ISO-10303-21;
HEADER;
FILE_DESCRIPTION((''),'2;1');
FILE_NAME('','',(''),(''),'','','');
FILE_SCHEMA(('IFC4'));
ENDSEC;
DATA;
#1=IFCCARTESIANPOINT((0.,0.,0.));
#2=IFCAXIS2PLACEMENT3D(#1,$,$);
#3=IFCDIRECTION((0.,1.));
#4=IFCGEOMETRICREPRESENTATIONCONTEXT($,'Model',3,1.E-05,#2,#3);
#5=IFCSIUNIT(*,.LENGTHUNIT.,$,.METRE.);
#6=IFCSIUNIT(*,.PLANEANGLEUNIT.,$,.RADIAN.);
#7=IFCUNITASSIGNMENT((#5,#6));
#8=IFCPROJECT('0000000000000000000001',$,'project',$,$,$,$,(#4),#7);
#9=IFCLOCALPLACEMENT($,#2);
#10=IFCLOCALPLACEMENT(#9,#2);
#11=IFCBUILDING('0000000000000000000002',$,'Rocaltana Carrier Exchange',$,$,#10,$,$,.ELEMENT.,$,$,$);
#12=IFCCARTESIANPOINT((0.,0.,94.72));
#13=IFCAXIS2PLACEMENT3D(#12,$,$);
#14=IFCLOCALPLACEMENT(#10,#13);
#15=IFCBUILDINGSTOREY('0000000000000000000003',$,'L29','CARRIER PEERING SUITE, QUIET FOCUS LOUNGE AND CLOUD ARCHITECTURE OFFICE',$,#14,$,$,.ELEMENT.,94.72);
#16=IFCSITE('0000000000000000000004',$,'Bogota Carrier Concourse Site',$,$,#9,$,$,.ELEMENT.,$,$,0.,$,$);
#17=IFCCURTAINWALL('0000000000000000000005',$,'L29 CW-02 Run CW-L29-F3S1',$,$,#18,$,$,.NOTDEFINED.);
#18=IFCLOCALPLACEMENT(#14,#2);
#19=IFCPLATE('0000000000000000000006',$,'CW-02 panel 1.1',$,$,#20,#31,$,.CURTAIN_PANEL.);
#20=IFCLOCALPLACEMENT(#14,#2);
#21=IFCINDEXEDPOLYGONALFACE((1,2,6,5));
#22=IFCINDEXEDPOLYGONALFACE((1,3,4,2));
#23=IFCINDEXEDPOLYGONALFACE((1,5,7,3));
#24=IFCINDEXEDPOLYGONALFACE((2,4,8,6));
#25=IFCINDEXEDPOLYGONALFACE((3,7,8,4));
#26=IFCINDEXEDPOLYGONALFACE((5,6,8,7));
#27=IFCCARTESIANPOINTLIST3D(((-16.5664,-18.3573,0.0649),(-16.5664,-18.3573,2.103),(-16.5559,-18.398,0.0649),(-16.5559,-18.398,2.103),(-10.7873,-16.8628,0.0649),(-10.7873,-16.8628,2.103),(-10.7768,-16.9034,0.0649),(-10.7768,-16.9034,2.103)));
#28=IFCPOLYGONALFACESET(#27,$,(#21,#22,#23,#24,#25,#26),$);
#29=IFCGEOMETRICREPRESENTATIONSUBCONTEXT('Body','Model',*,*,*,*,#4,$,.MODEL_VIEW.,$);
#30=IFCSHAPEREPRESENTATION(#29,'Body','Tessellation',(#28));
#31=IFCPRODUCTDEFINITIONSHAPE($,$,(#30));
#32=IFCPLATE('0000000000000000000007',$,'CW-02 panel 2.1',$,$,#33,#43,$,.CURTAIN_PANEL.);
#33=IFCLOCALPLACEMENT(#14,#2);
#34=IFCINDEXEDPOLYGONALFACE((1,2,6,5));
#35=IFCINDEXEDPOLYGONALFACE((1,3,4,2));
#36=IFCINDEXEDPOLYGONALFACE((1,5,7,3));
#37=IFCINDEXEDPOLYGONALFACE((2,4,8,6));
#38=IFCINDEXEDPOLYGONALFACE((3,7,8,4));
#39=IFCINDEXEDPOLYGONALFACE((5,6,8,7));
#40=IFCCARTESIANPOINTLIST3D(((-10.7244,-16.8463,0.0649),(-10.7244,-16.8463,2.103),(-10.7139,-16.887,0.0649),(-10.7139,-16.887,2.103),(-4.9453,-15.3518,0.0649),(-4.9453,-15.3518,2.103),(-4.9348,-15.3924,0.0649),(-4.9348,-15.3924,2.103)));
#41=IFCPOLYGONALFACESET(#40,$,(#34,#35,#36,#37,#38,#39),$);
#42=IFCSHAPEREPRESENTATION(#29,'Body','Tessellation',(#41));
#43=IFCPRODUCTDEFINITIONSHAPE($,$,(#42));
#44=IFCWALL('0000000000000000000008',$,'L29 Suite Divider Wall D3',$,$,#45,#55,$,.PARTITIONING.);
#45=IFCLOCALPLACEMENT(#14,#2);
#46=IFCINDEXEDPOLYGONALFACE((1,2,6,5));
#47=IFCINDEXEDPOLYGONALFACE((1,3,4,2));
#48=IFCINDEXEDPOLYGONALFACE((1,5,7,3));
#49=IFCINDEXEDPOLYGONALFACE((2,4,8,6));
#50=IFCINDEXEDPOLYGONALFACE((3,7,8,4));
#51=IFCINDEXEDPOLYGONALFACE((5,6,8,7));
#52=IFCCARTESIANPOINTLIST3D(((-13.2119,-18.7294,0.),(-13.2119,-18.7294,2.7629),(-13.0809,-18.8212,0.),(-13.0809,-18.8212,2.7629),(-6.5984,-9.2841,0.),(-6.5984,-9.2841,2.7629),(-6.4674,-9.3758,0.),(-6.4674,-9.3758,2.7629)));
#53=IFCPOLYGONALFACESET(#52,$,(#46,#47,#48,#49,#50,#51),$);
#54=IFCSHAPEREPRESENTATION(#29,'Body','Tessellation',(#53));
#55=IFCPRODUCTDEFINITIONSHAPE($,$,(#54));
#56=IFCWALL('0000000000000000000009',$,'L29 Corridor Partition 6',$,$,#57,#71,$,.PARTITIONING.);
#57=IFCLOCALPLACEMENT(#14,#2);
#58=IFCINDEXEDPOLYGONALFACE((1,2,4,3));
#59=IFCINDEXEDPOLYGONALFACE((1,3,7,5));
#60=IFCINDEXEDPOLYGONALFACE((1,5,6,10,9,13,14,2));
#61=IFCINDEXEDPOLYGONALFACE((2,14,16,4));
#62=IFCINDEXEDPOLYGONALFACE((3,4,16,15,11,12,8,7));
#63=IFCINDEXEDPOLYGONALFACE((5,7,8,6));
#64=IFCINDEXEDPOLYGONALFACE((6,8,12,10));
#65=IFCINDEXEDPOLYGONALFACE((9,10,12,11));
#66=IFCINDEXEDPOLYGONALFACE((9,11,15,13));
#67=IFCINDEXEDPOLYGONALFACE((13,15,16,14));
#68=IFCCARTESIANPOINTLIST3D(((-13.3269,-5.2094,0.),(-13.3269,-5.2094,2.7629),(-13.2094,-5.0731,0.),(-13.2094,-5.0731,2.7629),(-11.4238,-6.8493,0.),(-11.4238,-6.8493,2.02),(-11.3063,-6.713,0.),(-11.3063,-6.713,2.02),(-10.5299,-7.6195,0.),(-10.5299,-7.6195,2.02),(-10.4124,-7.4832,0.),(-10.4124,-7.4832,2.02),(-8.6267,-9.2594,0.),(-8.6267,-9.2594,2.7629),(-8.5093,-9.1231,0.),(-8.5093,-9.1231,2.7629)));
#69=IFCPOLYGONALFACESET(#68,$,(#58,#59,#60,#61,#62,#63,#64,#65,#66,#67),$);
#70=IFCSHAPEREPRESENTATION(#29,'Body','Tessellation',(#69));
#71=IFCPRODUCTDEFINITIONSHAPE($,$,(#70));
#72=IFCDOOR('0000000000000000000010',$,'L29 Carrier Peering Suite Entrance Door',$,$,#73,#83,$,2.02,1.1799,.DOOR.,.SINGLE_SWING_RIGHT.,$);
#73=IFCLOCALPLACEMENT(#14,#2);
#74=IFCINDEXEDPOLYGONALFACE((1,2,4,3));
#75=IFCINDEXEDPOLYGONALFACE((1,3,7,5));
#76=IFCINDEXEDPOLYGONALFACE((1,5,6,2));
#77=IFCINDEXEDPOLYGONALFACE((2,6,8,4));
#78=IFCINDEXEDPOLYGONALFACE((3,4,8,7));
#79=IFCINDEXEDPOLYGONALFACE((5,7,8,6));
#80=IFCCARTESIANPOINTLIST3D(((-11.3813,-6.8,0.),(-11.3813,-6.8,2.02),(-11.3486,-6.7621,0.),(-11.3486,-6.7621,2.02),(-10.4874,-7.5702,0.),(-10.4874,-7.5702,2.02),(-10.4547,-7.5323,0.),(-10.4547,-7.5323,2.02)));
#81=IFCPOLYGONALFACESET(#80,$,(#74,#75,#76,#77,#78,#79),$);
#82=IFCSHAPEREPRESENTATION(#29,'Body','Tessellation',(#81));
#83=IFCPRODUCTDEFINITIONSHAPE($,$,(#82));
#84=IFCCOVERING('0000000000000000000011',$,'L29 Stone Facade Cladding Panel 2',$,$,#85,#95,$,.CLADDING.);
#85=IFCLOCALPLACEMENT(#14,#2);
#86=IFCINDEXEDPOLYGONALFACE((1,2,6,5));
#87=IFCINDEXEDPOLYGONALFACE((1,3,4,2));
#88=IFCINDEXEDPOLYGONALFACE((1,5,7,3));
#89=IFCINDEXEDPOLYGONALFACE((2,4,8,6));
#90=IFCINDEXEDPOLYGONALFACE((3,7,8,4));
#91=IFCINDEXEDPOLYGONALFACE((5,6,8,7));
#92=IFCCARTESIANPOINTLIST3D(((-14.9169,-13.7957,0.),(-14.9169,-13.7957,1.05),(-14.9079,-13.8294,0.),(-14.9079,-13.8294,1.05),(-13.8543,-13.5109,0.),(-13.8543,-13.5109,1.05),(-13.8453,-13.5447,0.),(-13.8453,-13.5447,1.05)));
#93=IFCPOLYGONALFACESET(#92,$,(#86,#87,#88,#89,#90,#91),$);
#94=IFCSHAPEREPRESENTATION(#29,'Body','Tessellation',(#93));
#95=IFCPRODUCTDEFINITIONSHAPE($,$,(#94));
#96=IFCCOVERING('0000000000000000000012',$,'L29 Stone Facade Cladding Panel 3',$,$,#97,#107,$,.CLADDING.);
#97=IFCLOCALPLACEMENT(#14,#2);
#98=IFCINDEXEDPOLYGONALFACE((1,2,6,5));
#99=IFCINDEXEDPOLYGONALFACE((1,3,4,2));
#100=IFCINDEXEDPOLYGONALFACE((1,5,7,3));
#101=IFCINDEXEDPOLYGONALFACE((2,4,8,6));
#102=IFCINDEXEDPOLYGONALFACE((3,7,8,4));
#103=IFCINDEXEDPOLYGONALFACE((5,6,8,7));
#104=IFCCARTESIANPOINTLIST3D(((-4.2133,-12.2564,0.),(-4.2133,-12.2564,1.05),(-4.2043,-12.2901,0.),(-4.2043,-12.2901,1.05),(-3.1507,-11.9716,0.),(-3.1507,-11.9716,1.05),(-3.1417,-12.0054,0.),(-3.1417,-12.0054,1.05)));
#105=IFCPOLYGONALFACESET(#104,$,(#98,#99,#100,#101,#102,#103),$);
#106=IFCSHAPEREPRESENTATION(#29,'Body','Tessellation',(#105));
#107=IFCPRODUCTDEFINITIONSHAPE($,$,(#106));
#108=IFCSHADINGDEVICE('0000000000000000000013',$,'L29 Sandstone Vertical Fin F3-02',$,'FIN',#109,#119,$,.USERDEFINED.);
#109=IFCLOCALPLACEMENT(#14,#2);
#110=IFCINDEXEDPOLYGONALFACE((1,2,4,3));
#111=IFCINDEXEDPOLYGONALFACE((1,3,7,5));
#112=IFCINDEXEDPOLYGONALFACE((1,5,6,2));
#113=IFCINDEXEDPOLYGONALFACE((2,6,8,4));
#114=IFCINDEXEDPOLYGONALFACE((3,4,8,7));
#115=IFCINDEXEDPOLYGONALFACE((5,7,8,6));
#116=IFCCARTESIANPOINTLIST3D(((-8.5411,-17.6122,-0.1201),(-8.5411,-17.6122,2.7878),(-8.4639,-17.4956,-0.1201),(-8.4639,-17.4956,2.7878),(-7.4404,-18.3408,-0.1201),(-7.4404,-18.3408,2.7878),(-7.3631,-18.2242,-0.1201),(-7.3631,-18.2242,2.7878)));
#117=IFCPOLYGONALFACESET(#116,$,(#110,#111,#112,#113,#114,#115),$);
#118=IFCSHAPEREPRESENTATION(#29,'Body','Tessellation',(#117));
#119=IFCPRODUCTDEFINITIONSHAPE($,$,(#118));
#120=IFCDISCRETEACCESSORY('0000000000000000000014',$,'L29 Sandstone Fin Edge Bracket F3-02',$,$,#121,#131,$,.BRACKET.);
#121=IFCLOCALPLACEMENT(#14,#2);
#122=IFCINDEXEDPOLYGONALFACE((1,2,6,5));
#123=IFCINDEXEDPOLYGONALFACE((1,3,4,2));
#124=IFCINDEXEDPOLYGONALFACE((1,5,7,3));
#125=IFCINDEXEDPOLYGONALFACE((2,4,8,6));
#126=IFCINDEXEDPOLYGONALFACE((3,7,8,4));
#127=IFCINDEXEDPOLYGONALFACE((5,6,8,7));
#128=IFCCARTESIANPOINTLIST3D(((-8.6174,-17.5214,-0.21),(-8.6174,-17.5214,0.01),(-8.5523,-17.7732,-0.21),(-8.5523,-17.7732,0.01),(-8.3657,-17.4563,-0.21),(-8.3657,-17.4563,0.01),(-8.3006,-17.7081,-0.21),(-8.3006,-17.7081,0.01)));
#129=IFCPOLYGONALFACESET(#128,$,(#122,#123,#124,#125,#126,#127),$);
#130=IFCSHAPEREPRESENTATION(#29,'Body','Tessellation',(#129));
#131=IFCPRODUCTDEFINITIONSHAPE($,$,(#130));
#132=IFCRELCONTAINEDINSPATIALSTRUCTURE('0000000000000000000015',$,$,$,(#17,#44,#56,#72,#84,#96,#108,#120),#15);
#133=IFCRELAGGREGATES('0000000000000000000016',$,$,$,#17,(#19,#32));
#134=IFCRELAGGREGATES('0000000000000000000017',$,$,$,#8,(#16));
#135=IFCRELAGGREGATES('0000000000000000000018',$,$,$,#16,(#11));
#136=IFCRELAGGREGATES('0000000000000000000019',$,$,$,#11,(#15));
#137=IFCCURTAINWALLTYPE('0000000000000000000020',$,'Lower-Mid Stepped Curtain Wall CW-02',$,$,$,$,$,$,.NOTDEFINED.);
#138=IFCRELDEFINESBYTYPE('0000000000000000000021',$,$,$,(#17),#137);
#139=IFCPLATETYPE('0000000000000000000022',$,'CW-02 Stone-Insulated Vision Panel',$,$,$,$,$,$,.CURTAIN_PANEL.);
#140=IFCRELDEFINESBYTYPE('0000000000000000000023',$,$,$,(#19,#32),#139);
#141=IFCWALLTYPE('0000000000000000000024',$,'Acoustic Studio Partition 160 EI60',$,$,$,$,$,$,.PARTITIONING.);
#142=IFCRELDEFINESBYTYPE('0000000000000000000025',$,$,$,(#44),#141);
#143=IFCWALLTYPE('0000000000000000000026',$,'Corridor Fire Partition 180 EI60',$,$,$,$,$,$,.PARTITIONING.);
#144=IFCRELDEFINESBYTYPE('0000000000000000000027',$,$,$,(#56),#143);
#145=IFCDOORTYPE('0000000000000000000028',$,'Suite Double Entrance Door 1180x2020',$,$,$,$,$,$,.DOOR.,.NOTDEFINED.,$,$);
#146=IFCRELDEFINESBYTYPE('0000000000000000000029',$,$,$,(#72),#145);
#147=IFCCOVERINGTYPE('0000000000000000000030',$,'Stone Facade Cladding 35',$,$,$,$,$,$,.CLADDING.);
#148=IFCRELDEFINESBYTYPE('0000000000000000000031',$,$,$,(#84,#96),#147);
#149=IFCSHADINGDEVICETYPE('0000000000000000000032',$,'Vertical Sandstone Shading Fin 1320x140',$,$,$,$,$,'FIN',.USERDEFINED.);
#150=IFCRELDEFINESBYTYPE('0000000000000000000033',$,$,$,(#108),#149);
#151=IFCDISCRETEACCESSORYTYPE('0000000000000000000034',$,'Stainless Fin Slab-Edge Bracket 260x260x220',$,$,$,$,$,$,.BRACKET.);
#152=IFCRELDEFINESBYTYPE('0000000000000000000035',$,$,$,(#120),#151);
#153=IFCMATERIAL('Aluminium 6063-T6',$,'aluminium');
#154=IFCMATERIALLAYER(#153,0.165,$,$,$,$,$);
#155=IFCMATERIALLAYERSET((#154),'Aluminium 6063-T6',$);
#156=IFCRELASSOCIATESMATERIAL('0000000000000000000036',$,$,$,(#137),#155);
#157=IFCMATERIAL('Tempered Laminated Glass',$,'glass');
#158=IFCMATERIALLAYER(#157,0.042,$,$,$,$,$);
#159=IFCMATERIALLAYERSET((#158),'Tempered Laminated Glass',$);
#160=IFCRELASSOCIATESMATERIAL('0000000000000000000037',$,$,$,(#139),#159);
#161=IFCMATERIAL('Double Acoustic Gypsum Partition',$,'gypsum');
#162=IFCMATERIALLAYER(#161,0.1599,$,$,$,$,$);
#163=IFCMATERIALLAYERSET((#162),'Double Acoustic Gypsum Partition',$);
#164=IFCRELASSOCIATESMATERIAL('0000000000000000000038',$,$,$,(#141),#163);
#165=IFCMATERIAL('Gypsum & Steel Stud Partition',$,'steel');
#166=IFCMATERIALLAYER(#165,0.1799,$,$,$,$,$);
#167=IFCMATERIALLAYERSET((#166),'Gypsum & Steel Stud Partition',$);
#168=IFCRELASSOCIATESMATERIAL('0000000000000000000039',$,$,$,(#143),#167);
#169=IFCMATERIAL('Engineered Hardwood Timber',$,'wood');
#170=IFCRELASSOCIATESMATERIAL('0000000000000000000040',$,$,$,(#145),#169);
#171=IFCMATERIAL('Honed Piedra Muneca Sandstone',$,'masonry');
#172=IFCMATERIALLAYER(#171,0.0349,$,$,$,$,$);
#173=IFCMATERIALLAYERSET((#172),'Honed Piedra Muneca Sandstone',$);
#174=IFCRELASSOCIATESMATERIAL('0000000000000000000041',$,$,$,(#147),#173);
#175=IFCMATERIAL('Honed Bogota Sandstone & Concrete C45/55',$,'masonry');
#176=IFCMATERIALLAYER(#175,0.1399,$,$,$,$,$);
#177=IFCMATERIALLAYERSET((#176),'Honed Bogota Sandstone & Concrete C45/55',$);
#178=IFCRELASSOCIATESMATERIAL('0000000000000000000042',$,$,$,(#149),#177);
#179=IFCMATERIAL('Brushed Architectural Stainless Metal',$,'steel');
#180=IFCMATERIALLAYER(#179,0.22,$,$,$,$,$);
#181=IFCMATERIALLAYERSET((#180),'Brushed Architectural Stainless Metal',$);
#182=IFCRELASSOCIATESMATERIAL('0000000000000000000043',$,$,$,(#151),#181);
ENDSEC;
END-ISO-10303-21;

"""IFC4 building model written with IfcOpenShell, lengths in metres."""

from ifc_helpers import new_model, si_unit, direction, frame, frame_2d, origin, origin_2d, place, context, subcontext, project, spatial, rectangle, extrude, material, layer, layer_set, type_object, element, fill, aggregate, save


model = new_model("IFC4")

# Units and contexts
model_context = context("Model", 3, precision=1e-05, world=origin(), true_north=direction((0.0, 1.0)))
body_context = subcontext(model_context, "Body", "Model", "MODEL_VIEW")
ifc_project = project(units=[si_unit("LENGTHUNIT", "METRE"), si_unit("PLANEANGLEUNIT", "RADIAN")], contexts=[model_context])

# Site, building, storey
site_placement = place(None, origin())
site = spatial("IfcSite", under=ifc_project, at=site_placement, Name="Bogota Carrier Concourse Site", CompositionType="ELEMENT", RefElevation=0.0)
building_placement = place(site_placement, origin())
building = spatial("IfcBuilding", under=site, at=building_placement, Name="Rocaltana Carrier Exchange", CompositionType="ELEMENT")
storey_placement = place(building_placement, frame((0.0, 0.0, 94.72)))
storey = spatial("IfcBuildingStorey", under=building, at=storey_placement, Name="L29", Description="CARRIER PEERING SUITE, QUIET FOCUS LOUNGE AND CLOUD ARCHITECTURE OFFICE", CompositionType="ELEMENT", Elevation=94.72)

# Curtain wall
ifc_material_1 = material(Name="Aluminium 6063-T6", Category="aluminium")
ifc_layer_1 = layer(ifc_material_1, 0.165)
ifc_layer_set_1 = layer_set([ifc_layer_1], Name="Aluminium 6063-T6")
curtain_wall_type = type_object("IfcCurtainWallType", Name="Lower-Mid Stepped Curtain Wall CW-02", PredefinedType="NOTDEFINED", material=ifc_layer_set_1)
curtain_wall_1_placement = place(storey_placement, origin())
curtain_wall_1 = element("IfcCurtainWall", 1, at=curtain_wall_1_placement, inside=storey, type_object=curtain_wall_type, Name="L29 CW-02 Run CW-L29-F3S1", PredefinedType="NOTDEFINED")

# Plates
ifc_material_2 = material(Name="Tempered Laminated Glass", Category="glass")
ifc_layer_2 = layer(ifc_material_2, 0.042)
ifc_layer_set_2 = layer_set([ifc_layer_2], Name="Tempered Laminated Glass")
plate_type = type_object("IfcPlateType", Name="CW-02 Stone-Insulated Vision Panel", PredefinedType="CURTAIN_PANEL", material=ifc_layer_set_2)
plate_1_placement = place(storey_placement, frame((-13.6716, -17.6304, 0.0649), z_axis=(0.0, 0.0, 1.0), x_axis=(0.968148, 0.250378, 0.0)))
plate_1 = element("IfcPlate", 2, at=plate_1_placement, type_object=plate_type, Name="CW-02 panel 1.1", PredefinedType="CURTAIN_PANEL", context=body_context, shape_type="SweptSolid", body=[
    extrude(rectangle(XDim=5.9692, YDim=0.042, at=origin_2d()), origin(), (0.0, 0.0, 1.0), 2.0381),
])
plate_2_placement = place(storey_placement, frame((-7.8296, -16.1194, 0.0649), z_axis=(0.0, 0.0, 1.0), x_axis=(0.968148, 0.250378, 0.0)))
plate_2 = element("IfcPlate", 3, at=plate_2_placement, type_object=plate_type, Name="CW-02 panel 2.1", PredefinedType="CURTAIN_PANEL", context=body_context, shape_type="SweptSolid", body=[
    extrude(rectangle(XDim=5.9692, YDim=0.042, at=origin_2d()), origin(), (0.0, 0.0, 1.0), 2.0381),
])
aggregate(curtain_wall_1, [plate_1, plate_2])

# Wall
ifc_material_3 = material(Name="Double Acoustic Gypsum Partition", Category="gypsum")
ifc_layer_3 = layer(ifc_material_3, 0.1599)
ifc_layer_set_3 = layer_set([ifc_layer_3], Name="Double Acoustic Gypsum Partition")
wall_type_1 = type_object("IfcWallType", Name="Acoustic Studio Partition 160 EI60", PredefinedType="PARTITIONING", material=ifc_layer_set_3)
wall_1_placement = place(storey_placement, frame((-6.533, -9.3301, 0.0), z_axis=(0.0, 0.0, 1.0), x_axis=(-0.573567, -0.819158, 0.0)))
element("IfcWall", 4, at=wall_1_placement, inside=storey, type_object=wall_type_1, Name="L29 Suite Divider Wall D3", PredefinedType="PARTITIONING", context=body_context, shape_type="SweptSolid", body=[
    extrude(rectangle(XDim=11.5305, YDim=0.1599, at=frame_2d((5.7651, 0.0))), origin(), (0.0, 0.0, 1.0), 2.7629),
])

# Wall, opening, door
ifc_material_4 = material(Name="Gypsum & Steel Stud Partition", Category="steel")
ifc_layer_4 = layer(ifc_material_4, 0.1799)
ifc_layer_set_4 = layer_set([ifc_layer_4], Name="Gypsum & Steel Stud Partition")
wall_type_2 = type_object("IfcWallType", Name="Corridor Fire Partition 180 EI60", PredefinedType="PARTITIONING", material=ifc_layer_set_4)
wall_2_placement = place(storey_placement, frame((-8.5681, -9.1912, 0.0), z_axis=(0.0, 0.0, 1.0), x_axis=(-0.757557, 0.652769, 0.0)))
wall_2 = element("IfcWall", 5, at=wall_2_placement, inside=storey, type_object=wall_type_2, Name="L29 Corridor Partition 6", PredefinedType="PARTITIONING", context=body_context, shape_type="SweptSolid", body=[
    extrude(rectangle(XDim=6.2043, YDim=0.1799, at=frame_2d((3.1021, 0.0))), origin(), (0.0, 0.0, 1.0), 2.7629),
])
opening_placement = place(wall_2_placement, frame((2.5122, 0.0, 0.0)))
opening = element("IfcOpeningElement", 6, at=opening_placement, cuts=wall_2, PredefinedType="OPENING", context=body_context, shape_type="SweptSolid", body=[
    extrude(rectangle(XDim=1.1799, YDim=2.02, at=frame_2d((0.5898, 1.01))), frame((0.0, 0.0999, 0.0), z_axis=(0.0, -1.0, 0.0), x_axis=(1.0, 0.0, 0.0)), (0.0, 0.0, 1.0), 0.2),
])
ifc_material_5 = material(Name="Engineered Hardwood Timber", Category="wood")
door_type = type_object("IfcDoorType", Name="Suite Double Entrance Door 1180x2020", OperationType="NOTDEFINED", PredefinedType="DOOR", material=ifc_material_5)
door_placement = place(opening_placement, origin())
door = element("IfcDoor", 7, at=door_placement, inside=storey, type_object=door_type, Name="L29 Carrier Peering Suite Entrance Door", OperationType="SINGLE_SWING_RIGHT", OverallHeight=2.02, OverallWidth=1.1799, PredefinedType="DOOR", context=body_context, shape_type="SweptSolid", body=[
    extrude(rectangle(XDim=1.1799, YDim=2.02, at=frame_2d((0.5898, 1.01))), frame((0.0, 0.0249, 0.0), z_axis=(0.0, -1.0, 0.0), x_axis=(1.0, 0.0, 0.0)), (0.0, 0.0, 1.0), 0.05),
])
fill(opening, door)

# Coverings
ifc_material_6 = material(Name="Honed Piedra Muneca Sandstone", Category="masonry")
ifc_layer_5 = layer(ifc_material_6, 0.0349)
ifc_layer_set_5 = layer_set([ifc_layer_5], Name="Honed Piedra Muneca Sandstone")
covering_type = type_object("IfcCoveringType", Name="Stone Facade Cladding 35", PredefinedType="CLADDING", material=ifc_layer_set_5)
for number, where, z_axis, x_axis, name in (
    (8, (-14.3811, -13.6702, 0.0), (0.0, 0.0, 1.0), (0.965926, 0.258819, 0.0), "L29 Stone Facade Cladding Panel 2"),
    (9, (-3.6775, -12.1309, 0.0), (0.0, 0.0, 1.0), (0.965926, 0.258819, 0.0), "L29 Stone Facade Cladding Panel 3"),
):
    element("IfcCovering", number, at=place(storey_placement, frame(where, z_axis=z_axis, x_axis=x_axis)), inside=storey, type_object=covering_type, Name=name, PredefinedType="CLADDING", context=body_context, shape_type="SweptSolid", body=[
        extrude(rectangle(XDim=1.1001, YDim=0.0349, at=origin_2d()), origin(), (0.0, 0.0, 1.0), 1.05),
    ])

# Shading device
ifc_material_7 = material(Name="Honed Bogota Sandstone & Concrete C45/55", Category="masonry")
ifc_layer_6 = layer(ifc_material_7, 0.1399)
ifc_layer_set_6 = layer_set([ifc_layer_6], Name="Honed Bogota Sandstone & Concrete C45/55")
shading_device_type = type_object("IfcShadingDeviceType", Name="Vertical Sandstone Shading Fin 1320x140", ElementType="FIN", PredefinedType="USERDEFINED", material=ifc_layer_set_6)
shading_device_placement = place(storey_placement, frame((-7.9521, -17.9182, -0.1201), z_axis=(0.0, 0.0, 1.0), x_axis=(0.833886, -0.551937, 0.0)))
element("IfcShadingDevice", 10, at=shading_device_placement, inside=storey, type_object=shading_device_type, Name="L29 Sandstone Vertical Fin F3-02", ObjectType="FIN", PredefinedType="USERDEFINED", context=body_context, shape_type="SweptSolid", body=[
    extrude(rectangle(XDim=1.3201, YDim=0.1399, at=origin_2d()), origin(), (0.0, 0.0, 1.0), 2.908),
])

# Discrete accessory
ifc_material_8 = material(Name="Brushed Architectural Stainless Metal", Category="steel")
ifc_layer_7 = layer(ifc_material_8, 0.22)
ifc_layer_set_7 = layer_set([ifc_layer_7], Name="Brushed Architectural Stainless Metal")
discrete_accessory_type = type_object("IfcDiscreteAccessoryType", Name="Stainless Fin Slab-Edge Bracket 260x260x220", PredefinedType="BRACKET", material=ifc_layer_set_7)
discrete_accessory_placement = place(storey_placement, frame((-8.459, -17.6147, -0.21), z_axis=(0.0, 0.0, 1.0), x_axis=(0.968148, 0.25038, 0.0)))
element("IfcDiscreteAccessory", 11, at=discrete_accessory_placement, inside=storey, type_object=discrete_accessory_type, Name="L29 Sandstone Fin Edge Bracket F3-02", PredefinedType="BRACKET", context=body_context, shape_type="SweptSolid", body=[
    extrude(rectangle(XDim=0.26, YDim=0.26, at=origin_2d()), origin(), (0.0, 0.0, 1.0), 0.22),
])

save(model, "model.ifc")
